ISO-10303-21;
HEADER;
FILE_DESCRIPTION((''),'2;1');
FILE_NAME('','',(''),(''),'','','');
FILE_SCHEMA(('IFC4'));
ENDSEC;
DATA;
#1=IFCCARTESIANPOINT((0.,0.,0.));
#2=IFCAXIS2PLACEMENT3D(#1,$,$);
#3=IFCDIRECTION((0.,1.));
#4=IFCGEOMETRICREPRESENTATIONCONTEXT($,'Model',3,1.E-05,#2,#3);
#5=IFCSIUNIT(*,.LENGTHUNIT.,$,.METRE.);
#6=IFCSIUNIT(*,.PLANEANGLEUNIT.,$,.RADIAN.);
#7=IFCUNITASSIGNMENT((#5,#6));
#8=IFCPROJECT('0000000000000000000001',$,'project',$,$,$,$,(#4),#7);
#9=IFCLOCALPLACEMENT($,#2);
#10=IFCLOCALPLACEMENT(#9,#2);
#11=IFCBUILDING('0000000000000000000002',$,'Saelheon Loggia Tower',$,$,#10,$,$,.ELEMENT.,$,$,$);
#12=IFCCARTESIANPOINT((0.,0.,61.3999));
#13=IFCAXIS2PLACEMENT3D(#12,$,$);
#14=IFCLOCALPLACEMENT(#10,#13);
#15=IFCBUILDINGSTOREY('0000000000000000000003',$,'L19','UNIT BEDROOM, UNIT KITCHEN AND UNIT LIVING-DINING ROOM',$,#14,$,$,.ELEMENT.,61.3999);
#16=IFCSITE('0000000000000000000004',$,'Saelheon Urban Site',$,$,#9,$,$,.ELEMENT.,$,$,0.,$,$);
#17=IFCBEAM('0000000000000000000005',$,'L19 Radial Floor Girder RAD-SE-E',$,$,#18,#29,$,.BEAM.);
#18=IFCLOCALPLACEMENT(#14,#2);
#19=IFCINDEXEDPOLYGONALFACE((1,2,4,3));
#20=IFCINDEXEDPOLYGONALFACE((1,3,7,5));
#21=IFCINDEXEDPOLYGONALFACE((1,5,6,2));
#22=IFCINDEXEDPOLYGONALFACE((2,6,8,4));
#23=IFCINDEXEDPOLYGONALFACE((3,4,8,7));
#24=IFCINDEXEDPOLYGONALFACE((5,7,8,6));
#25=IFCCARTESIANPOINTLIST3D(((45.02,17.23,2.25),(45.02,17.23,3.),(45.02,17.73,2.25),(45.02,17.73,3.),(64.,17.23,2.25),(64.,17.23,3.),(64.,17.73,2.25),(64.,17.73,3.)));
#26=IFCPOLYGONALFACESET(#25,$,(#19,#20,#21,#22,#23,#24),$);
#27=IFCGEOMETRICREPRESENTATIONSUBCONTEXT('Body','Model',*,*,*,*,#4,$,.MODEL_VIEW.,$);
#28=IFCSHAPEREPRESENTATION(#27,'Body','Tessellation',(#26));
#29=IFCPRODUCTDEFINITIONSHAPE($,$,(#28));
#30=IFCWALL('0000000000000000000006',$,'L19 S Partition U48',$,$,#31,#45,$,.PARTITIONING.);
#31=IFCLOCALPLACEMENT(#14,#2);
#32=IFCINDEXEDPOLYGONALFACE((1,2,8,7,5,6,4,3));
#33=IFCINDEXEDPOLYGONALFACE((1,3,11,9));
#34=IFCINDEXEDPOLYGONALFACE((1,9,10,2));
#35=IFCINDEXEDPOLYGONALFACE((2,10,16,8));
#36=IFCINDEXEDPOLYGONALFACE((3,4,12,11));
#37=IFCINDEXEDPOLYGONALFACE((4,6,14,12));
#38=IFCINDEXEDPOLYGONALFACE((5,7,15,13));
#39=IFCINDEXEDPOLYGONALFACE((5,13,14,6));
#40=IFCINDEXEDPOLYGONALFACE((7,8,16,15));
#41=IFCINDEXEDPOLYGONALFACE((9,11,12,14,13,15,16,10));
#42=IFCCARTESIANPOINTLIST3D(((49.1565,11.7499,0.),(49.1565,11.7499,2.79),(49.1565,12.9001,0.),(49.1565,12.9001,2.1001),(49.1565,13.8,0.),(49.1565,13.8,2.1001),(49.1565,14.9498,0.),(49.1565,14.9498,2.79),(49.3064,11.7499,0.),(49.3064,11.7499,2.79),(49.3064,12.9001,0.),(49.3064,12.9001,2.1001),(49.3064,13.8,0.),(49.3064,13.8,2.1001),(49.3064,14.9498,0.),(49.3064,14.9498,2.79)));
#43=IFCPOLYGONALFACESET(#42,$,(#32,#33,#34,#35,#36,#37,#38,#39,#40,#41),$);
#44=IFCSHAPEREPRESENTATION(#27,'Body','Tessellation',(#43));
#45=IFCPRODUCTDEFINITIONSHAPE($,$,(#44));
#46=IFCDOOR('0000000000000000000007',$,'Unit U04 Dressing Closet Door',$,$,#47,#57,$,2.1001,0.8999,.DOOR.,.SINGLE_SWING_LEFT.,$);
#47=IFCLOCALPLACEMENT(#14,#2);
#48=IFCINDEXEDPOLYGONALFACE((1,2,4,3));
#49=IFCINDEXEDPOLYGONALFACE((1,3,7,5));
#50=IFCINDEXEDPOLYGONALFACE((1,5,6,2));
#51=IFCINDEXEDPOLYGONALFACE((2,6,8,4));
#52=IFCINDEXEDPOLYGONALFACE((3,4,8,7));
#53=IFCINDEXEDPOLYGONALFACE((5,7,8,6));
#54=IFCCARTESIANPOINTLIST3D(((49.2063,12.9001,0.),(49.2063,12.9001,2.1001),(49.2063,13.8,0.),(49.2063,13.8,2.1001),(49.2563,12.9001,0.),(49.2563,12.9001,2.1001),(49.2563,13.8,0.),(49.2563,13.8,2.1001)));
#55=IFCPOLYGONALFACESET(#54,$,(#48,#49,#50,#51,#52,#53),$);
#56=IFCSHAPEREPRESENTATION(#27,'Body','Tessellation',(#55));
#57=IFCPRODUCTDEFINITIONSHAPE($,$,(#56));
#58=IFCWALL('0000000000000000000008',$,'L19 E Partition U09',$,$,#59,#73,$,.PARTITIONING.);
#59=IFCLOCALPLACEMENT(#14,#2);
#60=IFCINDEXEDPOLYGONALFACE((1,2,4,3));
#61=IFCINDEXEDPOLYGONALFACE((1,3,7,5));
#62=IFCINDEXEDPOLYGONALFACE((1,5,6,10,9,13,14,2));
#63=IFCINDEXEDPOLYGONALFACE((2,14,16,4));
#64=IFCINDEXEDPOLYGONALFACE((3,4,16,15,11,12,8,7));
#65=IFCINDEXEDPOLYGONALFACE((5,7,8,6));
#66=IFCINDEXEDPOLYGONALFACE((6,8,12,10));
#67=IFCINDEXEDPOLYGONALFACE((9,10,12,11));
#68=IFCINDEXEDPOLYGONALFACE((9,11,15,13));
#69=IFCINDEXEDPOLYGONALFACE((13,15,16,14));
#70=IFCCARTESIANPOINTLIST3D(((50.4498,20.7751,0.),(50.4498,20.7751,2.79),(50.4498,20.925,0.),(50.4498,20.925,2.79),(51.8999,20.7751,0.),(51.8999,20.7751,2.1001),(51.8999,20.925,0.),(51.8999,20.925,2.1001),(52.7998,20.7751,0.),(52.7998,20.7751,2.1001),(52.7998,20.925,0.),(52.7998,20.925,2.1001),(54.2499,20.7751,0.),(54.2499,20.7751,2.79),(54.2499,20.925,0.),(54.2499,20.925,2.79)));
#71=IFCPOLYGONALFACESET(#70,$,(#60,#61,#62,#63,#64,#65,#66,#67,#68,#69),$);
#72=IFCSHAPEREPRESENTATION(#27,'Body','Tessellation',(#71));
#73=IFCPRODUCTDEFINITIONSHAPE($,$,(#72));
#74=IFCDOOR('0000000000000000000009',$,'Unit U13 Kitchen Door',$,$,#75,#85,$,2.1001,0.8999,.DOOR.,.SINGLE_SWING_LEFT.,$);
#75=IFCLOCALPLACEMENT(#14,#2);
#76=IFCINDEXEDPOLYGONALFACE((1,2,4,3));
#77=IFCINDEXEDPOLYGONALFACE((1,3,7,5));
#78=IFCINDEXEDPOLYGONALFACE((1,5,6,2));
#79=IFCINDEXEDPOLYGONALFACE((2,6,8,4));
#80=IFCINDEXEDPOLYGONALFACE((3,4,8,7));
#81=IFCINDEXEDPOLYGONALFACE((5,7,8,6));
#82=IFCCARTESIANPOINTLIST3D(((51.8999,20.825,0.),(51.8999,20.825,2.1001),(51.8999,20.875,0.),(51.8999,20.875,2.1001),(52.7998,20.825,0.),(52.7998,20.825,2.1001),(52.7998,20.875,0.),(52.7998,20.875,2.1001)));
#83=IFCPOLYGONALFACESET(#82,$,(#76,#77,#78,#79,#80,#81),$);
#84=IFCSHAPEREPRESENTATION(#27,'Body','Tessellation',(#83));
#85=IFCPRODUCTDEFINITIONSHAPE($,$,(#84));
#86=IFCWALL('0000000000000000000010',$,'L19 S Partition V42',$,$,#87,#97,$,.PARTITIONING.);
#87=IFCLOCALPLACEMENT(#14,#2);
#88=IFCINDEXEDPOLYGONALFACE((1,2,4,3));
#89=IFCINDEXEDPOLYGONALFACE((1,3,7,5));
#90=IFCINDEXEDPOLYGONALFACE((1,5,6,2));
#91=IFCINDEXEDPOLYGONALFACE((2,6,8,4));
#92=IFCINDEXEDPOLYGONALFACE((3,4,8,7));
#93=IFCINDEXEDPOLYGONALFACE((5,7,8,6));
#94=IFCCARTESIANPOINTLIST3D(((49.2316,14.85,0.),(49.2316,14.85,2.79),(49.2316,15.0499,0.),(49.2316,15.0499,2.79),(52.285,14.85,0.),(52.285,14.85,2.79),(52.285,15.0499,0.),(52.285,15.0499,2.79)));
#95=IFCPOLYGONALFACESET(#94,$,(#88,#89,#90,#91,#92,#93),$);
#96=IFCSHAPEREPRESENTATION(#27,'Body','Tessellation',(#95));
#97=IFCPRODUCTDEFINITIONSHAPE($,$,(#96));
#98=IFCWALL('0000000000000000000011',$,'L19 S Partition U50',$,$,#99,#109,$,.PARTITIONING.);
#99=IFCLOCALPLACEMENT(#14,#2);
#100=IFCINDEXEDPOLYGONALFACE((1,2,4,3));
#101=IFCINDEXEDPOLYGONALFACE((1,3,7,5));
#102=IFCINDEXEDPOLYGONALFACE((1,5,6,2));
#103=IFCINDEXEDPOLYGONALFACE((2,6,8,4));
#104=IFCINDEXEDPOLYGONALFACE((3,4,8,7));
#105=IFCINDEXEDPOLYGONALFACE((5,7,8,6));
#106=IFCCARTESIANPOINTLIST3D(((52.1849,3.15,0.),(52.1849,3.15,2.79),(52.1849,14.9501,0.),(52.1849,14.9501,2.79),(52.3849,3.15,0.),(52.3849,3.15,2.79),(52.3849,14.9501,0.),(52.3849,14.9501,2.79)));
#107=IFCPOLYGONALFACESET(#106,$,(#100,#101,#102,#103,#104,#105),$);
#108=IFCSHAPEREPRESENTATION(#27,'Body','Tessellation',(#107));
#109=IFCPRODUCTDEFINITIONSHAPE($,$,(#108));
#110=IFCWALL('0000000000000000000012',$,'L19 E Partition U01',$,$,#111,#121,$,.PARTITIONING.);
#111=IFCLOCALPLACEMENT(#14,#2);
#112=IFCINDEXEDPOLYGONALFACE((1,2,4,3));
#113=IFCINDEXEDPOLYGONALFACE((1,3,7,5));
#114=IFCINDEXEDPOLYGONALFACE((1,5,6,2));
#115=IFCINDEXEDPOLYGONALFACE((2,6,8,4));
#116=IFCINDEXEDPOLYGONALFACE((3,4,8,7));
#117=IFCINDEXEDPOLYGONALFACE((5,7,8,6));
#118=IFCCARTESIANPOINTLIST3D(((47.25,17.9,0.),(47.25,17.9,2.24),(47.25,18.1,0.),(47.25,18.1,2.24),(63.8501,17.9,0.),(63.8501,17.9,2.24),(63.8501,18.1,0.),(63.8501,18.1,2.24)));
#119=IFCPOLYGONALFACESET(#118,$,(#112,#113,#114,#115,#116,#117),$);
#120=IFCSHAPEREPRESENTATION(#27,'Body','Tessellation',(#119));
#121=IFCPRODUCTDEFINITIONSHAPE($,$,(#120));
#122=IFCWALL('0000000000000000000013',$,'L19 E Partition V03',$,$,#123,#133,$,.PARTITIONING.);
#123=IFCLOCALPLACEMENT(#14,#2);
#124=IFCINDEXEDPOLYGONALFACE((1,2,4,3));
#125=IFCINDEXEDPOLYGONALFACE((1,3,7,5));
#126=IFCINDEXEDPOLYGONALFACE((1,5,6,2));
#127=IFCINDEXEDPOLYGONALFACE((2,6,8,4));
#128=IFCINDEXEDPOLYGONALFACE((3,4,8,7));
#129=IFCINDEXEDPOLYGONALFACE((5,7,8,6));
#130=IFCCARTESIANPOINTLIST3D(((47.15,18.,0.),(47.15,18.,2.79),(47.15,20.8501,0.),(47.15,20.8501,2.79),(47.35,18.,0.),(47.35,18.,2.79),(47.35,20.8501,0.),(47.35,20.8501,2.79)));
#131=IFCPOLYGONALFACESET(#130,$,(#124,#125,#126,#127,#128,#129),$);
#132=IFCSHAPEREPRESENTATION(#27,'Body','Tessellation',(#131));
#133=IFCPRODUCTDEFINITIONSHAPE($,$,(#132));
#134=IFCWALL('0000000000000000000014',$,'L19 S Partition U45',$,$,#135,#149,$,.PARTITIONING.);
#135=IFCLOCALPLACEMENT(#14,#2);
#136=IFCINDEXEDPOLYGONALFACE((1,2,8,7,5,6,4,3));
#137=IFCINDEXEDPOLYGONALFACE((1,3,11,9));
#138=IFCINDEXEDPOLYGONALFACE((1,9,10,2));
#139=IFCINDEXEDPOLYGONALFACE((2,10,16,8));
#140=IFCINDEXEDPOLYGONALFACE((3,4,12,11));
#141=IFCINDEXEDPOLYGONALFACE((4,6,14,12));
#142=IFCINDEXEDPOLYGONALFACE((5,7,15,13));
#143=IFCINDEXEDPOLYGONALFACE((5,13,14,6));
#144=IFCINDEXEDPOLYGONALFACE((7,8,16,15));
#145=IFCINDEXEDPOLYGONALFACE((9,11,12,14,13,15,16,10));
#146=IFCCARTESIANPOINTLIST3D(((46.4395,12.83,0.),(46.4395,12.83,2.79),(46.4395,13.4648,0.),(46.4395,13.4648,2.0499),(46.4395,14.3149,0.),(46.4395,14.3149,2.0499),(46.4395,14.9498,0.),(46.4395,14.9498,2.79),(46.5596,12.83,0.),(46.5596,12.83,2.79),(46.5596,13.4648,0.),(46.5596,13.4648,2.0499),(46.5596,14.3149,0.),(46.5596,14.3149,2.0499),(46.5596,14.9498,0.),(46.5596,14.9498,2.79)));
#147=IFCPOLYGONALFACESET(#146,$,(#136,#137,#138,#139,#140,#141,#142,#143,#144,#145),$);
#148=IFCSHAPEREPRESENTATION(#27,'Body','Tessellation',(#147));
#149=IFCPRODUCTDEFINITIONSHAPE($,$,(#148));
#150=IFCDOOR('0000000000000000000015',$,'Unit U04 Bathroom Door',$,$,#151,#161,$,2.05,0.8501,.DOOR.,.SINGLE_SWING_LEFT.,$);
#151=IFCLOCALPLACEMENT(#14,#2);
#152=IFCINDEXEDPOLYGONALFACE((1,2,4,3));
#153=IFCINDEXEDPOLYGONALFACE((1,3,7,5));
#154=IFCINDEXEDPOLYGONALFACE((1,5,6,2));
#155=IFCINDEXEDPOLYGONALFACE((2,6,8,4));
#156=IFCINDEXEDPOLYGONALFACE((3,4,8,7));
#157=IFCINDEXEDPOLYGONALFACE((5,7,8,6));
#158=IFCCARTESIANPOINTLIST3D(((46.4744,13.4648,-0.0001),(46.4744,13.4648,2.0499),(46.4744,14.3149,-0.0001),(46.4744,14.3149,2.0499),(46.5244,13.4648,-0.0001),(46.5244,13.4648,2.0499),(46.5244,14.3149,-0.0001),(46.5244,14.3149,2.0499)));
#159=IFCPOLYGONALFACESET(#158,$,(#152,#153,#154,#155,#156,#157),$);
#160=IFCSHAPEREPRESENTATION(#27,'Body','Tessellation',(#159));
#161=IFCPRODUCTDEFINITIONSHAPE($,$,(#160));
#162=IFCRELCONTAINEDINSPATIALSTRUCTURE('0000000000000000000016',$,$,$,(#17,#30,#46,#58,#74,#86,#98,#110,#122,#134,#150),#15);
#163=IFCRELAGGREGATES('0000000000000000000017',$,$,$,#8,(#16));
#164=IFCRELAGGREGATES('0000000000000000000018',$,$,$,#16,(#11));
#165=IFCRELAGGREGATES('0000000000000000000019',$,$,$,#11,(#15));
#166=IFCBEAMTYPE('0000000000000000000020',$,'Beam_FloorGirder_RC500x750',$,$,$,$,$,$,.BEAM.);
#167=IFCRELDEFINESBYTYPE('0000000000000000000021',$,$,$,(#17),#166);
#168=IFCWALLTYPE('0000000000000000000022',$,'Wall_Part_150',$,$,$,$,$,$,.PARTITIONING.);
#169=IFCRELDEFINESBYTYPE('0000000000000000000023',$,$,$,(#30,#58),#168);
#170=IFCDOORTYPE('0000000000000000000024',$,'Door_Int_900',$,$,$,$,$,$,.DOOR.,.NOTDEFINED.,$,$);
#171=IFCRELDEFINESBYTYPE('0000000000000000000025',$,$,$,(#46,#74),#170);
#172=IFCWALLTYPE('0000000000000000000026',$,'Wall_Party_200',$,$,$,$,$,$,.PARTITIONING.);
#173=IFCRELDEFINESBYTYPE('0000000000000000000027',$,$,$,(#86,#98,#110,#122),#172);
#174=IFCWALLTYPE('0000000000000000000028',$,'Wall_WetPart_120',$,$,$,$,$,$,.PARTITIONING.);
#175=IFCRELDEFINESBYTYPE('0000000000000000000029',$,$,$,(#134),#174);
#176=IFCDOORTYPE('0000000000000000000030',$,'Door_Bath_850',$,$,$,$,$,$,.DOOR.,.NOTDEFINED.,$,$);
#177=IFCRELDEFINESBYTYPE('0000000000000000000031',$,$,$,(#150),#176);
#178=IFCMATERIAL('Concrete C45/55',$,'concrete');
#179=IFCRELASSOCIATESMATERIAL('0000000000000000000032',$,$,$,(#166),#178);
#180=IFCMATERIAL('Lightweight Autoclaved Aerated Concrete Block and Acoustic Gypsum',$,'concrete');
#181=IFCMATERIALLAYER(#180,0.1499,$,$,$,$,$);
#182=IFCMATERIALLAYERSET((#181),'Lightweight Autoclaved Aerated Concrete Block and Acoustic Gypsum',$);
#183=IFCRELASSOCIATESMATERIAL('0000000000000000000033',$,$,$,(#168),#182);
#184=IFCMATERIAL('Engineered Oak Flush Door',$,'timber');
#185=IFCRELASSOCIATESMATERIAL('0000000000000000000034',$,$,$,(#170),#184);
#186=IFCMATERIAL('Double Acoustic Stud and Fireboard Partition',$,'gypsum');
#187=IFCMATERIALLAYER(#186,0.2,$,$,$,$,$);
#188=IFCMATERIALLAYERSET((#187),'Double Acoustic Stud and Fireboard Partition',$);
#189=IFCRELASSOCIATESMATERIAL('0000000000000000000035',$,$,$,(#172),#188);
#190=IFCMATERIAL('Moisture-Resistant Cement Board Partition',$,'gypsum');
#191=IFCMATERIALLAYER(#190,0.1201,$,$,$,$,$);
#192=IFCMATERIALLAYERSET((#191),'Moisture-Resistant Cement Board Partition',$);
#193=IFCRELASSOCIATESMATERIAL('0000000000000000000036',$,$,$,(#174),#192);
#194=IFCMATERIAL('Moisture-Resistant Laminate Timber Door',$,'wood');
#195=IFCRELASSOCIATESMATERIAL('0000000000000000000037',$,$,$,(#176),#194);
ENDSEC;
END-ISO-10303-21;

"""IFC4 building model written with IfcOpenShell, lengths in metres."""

from ifc_helpers import new_model, si_unit, direction, frame, frame_2d, origin, origin_2d, place, context, subcontext, project, spatial, rectangle, extrude, source, transform, mapped, material, layer, layer_set, material_profile, profile_set, type_object, element, fill, save


model = new_model("IFC4")

# Units and contexts
model_context = context("Model", 3, precision=1e-05, world=origin(), true_north=direction((0.0, 1.0)))
body_context = subcontext(model_context, "Body", "Model", "MODEL_VIEW")
ifc_project = project(units=[si_unit("LENGTHUNIT", "METRE"), si_unit("PLANEANGLEUNIT", "RADIAN")], contexts=[model_context])

# Site, building, storey
site_placement = place(None, origin())
site = spatial("IfcSite", under=ifc_project, at=site_placement, Name="Saelheon Urban Site", CompositionType="ELEMENT", RefElevation=0.0)
building_placement = place(site_placement, origin())
building = spatial("IfcBuilding", under=site, at=building_placement, Name="Saelheon Loggia Tower", CompositionType="ELEMENT")
storey_placement = place(building_placement, frame((0.0, 0.0, 61.3999)))
storey = spatial("IfcBuildingStorey", under=building, at=storey_placement, Name="L19", Description="UNIT BEDROOM, UNIT KITCHEN AND UNIT LIVING-DINING ROOM", CompositionType="ELEMENT", Elevation=61.3999)

# Beam
ifc_material_1 = material(Name="Concrete C45/55", Category="concrete")
ifc_material_profile = material_profile(ifc_material_1, rectangle(XDim=0.5, YDim=0.75, at=origin_2d()), Name="RC-500x750")
ifc_profile_set = profile_set([ifc_material_profile], Name="Concrete C45/55")
beam_type = type_object("IfcBeamType", Name="Beam_FloorGirder_RC500x750", PredefinedType="BEAM", material=ifc_profile_set)
shared_shape_1 = source(origin(), body_context, "Body", "SweptSolid", [
    extrude(rectangle(XDim=0.5, YDim=0.75, at=origin_2d()), origin(), (0.0, 0.0, 1.0), 18.98),
])
beam_placement = place(storey_placement, frame((45.02, 17.48, 2.625), z_axis=(1.0, 0.0, 0.0), x_axis=(0.0, 1.0, 0.0)))
element("IfcBeam", 1, at=beam_placement, inside=storey, type_object=beam_type, Name="L19 Radial Floor Girder RAD-SE-E", PredefinedType="BEAM", context=body_context, shape_type="MappedRepresentation", body=[
    mapped(shared_shape_1, transform((0.0, 0.0, 0.0), scale=1.0)),
])

# Walls, openings, doors
ifc_material_2 = material(Name="Lightweight Autoclaved Aerated Concrete Block and Acoustic Gypsum", Category="concrete")
ifc_layer_1 = layer(ifc_material_2, 0.1499)
ifc_layer_set_1 = layer_set([ifc_layer_1], Name="Lightweight Autoclaved Aerated Concrete Block and Acoustic Gypsum")
wall_type_1 = type_object("IfcWallType", Name="Wall_Part_150", PredefinedType="PARTITIONING", material=ifc_layer_set_1)
wall_1_placement = place(storey_placement, frame((49.2314, 14.95, 0.0), z_axis=(0.0, 0.0, 1.0), x_axis=(0.0, -1.0, 0.0)))
wall_1 = element("IfcWall", 2, at=wall_1_placement, inside=storey, type_object=wall_type_1, Name="L19 S Partition U48", PredefinedType="PARTITIONING", context=body_context, shape_type="SweptSolid", body=[
    extrude(rectangle(XDim=3.2, YDim=0.1499, at=frame_2d((1.6001, 0.0))), origin(), (0.0, 0.0, 1.0), 2.79),
])
opening_1_placement = place(wall_1_placement, frame((1.1499, 0.0, 0.0)))
opening_1 = element("IfcOpeningElement", 3, at=opening_1_placement, cuts=wall_1, PredefinedType="OPENING", context=body_context, shape_type="SweptSolid", body=[
    extrude(rectangle(XDim=0.8999, YDim=2.1001, at=frame_2d((0.45, 1.05))), frame((0.0, 0.0869, 0.0), z_axis=(0.0, -1.0, 0.0), x_axis=(1.0, 0.0, 0.0)), (0.0, 0.0, 1.0), 0.1738),
])
ifc_material_3 = material(Name="Engineered Oak Flush Door", Category="timber")
door_type_1 = type_object("IfcDoorType", Name="Door_Int_900", OperationType="NOTDEFINED", PredefinedType="DOOR", material=ifc_material_3)
shared_shape_2 = source(origin(), body_context, "Body", "SweptSolid", [
    extrude(rectangle(XDim=0.8999, YDim=2.1001, at=frame_2d((0.45, 1.05))), frame((0.0, 0.0249, 0.0), z_axis=(0.0, -1.0, 0.0), x_axis=(1.0, 0.0, 0.0)), (0.0, 0.0, 1.0), 0.05),
])
door_1_placement = place(opening_1_placement, origin())
door_1 = element("IfcDoor", 4, at=door_1_placement, inside=storey, type_object=door_type_1, Name="Unit U04 Dressing Closet Door", OperationType="SINGLE_SWING_LEFT", OverallHeight=2.1001, OverallWidth=0.8999, PredefinedType="DOOR", context=body_context, shape_type="MappedRepresentation", body=[
    mapped(shared_shape_2, transform((0.0, 0.0, 0.0), scale=1.0)),
])
fill(opening_1, door_1)
wall_2_placement = place(storey_placement, frame((50.45, 20.8501, 0.0), z_axis=(0.0, 0.0, 1.0), x_axis=(1.0, 0.0, 0.0)))
wall_2 = element("IfcWall", 5, at=wall_2_placement, inside=storey, type_object=wall_type_1, Name="L19 E Partition U09", PredefinedType="PARTITIONING", context=body_context, shape_type="SweptSolid", body=[
    extrude(rectangle(XDim=3.8, YDim=0.1499, at=frame_2d((1.8999, 0.0))), origin(), (0.0, 0.0, 1.0), 2.79),
])
opening_2_placement = place(wall_2_placement, frame((1.45, 0.0, 0.0)))
opening_2 = element("IfcOpeningElement", 6, at=opening_2_placement, cuts=wall_2, PredefinedType="OPENING", context=body_context, shape_type="SweptSolid", body=[
    extrude(rectangle(XDim=0.8999, YDim=2.1001, at=frame_2d((0.45, 1.05))), frame((0.0, 0.0869, 0.0), z_axis=(0.0, -1.0, 0.0), x_axis=(1.0, 0.0, 0.0)), (0.0, 0.0, 1.0), 0.1738),
])
door_2_placement = place(opening_2_placement, origin())
door_2 = element("IfcDoor", 7, at=door_2_placement, inside=storey, type_object=door_type_1, Name="Unit U13 Kitchen Door", OperationType="SINGLE_SWING_LEFT", OverallHeight=2.1001, OverallWidth=0.8999, PredefinedType="DOOR", context=body_context, shape_type="MappedRepresentation", body=[
    mapped(shared_shape_2, transform((0.0, 0.0, 0.0), scale=1.0)),
])
fill(opening_2, door_2)
ifc_material_4 = material(Name="Double Acoustic Stud and Fireboard Partition", Category="gypsum")
ifc_layer_2 = layer(ifc_material_4, 0.2)
ifc_layer_set_2 = layer_set([ifc_layer_2], Name="Double Acoustic Stud and Fireboard Partition")
wall_type_2 = type_object("IfcWallType", Name="Wall_Party_200", PredefinedType="PARTITIONING", material=ifc_layer_set_2)

# Walls
wall_3_placement = place(storey_placement, frame((49.2314, 14.95, 0.0), z_axis=(0.0, 0.0, 1.0), x_axis=(1.0, 0.0, 0.0)))
element("IfcWall", 8, at=wall_3_placement, inside=storey, type_object=wall_type_2, Name="L19 S Partition V42", PredefinedType="PARTITIONING", context=body_context, shape_type="SweptSolid", body=[
    extrude(rectangle(XDim=3.0535, YDim=0.2, at=frame_2d((1.5269, 0.0))), origin(), (0.0, 0.0, 1.0), 2.79),
])
wall_4_placement = place(storey_placement, frame((52.2849, 14.95, 0.0), z_axis=(0.0, 0.0, 1.0), x_axis=(0.0, -1.0, 0.0)))
element("IfcWall", 9, at=wall_4_placement, inside=storey, type_object=wall_type_2, Name="L19 S Partition U50", PredefinedType="PARTITIONING", context=body_context, shape_type="SweptSolid", body=[
    extrude(rectangle(XDim=11.8, YDim=0.2, at=frame_2d((5.8999, 0.0))), origin(), (0.0, 0.0, 1.0), 2.79),
])
wall_5_placement = place(storey_placement, frame((47.25, 18.0, 0.0), z_axis=(0.0, 0.0, 1.0), x_axis=(1.0, 0.0, 0.0)))
element("IfcWall", 10, at=wall_5_placement, inside=storey, type_object=wall_type_2, Name="L19 E Partition U01", PredefinedType="PARTITIONING", context=body_context, shape_type="SweptSolid", body=[
    extrude(rectangle(XDim=16.6001, YDim=0.2, at=frame_2d((8.3, 0.0))), origin(), (0.0, 0.0, 1.0), 2.24),
])
wall_6_placement = place(storey_placement, frame((47.25, 18.0, 0.0), z_axis=(0.0, 0.0, 1.0), x_axis=(0.0, 1.0, 0.0)))
element("IfcWall", 11, at=wall_6_placement, inside=storey, type_object=wall_type_2, Name="L19 E Partition V03", PredefinedType="PARTITIONING", context=body_context, shape_type="SweptSolid", body=[
    extrude(rectangle(XDim=2.8501, YDim=0.2, at=frame_2d((1.425, 0.0))), origin(), (0.0, 0.0, 1.0), 2.79),
])

# Wall, opening, door
ifc_material_5 = material(Name="Moisture-Resistant Cement Board Partition", Category="gypsum")
ifc_layer_3 = layer(ifc_material_5, 0.1201)
ifc_layer_set_3 = layer_set([ifc_layer_3], Name="Moisture-Resistant Cement Board Partition")
wall_type_3 = type_object("IfcWallType", Name="Wall_WetPart_120", PredefinedType="PARTITIONING", material=ifc_layer_set_3)
wall_7_placement = place(storey_placement, frame((46.4995, 14.95, 0.0), z_axis=(0.0, 0.0, 1.0), x_axis=(0.0, -1.0, 0.0)))
wall_7 = element("IfcWall", 12, at=wall_7_placement, inside=storey, type_object=wall_type_3, Name="L19 S Partition U45", PredefinedType="PARTITIONING", context=body_context, shape_type="SweptSolid", body=[
    extrude(rectangle(XDim=2.1199, YDim=0.1201, at=frame_2d((1.0601, 0.0))), origin(), (0.0, 0.0, 1.0), 2.79),
])
opening_3_placement = place(wall_7_placement, frame((0.635, 0.0, 0.0)))
opening_3 = element("IfcOpeningElement", 13, at=opening_3_placement, cuts=wall_7, PredefinedType="OPENING", context=body_context, shape_type="SweptSolid", body=[
    extrude(rectangle(XDim=0.8501, YDim=2.05, at=frame_2d((0.425, 1.0249))), frame((0.0, 0.072, 0.0), z_axis=(0.0, -1.0, 0.0), x_axis=(1.0, 0.0, 0.0)), (0.0, 0.0, 1.0), 0.144),
])
ifc_material_6 = material(Name="Moisture-Resistant Laminate Timber Door", Category="wood")
door_type_2 = type_object("IfcDoorType", Name="Door_Bath_850", OperationType="NOTDEFINED", PredefinedType="DOOR", material=ifc_material_6)
shared_shape_3 = source(origin(), body_context, "Body", "SweptSolid", [
    extrude(rectangle(XDim=0.8501, YDim=2.05, at=frame_2d((0.425, 1.0249))), frame((0.0, 0.0249, 0.0), z_axis=(0.0, -1.0, 0.0), x_axis=(1.0, 0.0, 0.0)), (0.0, 0.0, 1.0), 0.05),
])
door_3_placement = place(opening_3_placement, origin())
door_3 = element("IfcDoor", 14, at=door_3_placement, inside=storey, type_object=door_type_2, Name="Unit U04 Bathroom Door", OperationType="SINGLE_SWING_LEFT", OverallHeight=2.05, OverallWidth=0.8501, PredefinedType="DOOR", context=body_context, shape_type="MappedRepresentation", body=[
    mapped(shared_shape_3, transform((0.0, 0.0, 0.0), scale=1.0)),
])
fill(opening_3, door_3)

save(model, "model.ifc")
